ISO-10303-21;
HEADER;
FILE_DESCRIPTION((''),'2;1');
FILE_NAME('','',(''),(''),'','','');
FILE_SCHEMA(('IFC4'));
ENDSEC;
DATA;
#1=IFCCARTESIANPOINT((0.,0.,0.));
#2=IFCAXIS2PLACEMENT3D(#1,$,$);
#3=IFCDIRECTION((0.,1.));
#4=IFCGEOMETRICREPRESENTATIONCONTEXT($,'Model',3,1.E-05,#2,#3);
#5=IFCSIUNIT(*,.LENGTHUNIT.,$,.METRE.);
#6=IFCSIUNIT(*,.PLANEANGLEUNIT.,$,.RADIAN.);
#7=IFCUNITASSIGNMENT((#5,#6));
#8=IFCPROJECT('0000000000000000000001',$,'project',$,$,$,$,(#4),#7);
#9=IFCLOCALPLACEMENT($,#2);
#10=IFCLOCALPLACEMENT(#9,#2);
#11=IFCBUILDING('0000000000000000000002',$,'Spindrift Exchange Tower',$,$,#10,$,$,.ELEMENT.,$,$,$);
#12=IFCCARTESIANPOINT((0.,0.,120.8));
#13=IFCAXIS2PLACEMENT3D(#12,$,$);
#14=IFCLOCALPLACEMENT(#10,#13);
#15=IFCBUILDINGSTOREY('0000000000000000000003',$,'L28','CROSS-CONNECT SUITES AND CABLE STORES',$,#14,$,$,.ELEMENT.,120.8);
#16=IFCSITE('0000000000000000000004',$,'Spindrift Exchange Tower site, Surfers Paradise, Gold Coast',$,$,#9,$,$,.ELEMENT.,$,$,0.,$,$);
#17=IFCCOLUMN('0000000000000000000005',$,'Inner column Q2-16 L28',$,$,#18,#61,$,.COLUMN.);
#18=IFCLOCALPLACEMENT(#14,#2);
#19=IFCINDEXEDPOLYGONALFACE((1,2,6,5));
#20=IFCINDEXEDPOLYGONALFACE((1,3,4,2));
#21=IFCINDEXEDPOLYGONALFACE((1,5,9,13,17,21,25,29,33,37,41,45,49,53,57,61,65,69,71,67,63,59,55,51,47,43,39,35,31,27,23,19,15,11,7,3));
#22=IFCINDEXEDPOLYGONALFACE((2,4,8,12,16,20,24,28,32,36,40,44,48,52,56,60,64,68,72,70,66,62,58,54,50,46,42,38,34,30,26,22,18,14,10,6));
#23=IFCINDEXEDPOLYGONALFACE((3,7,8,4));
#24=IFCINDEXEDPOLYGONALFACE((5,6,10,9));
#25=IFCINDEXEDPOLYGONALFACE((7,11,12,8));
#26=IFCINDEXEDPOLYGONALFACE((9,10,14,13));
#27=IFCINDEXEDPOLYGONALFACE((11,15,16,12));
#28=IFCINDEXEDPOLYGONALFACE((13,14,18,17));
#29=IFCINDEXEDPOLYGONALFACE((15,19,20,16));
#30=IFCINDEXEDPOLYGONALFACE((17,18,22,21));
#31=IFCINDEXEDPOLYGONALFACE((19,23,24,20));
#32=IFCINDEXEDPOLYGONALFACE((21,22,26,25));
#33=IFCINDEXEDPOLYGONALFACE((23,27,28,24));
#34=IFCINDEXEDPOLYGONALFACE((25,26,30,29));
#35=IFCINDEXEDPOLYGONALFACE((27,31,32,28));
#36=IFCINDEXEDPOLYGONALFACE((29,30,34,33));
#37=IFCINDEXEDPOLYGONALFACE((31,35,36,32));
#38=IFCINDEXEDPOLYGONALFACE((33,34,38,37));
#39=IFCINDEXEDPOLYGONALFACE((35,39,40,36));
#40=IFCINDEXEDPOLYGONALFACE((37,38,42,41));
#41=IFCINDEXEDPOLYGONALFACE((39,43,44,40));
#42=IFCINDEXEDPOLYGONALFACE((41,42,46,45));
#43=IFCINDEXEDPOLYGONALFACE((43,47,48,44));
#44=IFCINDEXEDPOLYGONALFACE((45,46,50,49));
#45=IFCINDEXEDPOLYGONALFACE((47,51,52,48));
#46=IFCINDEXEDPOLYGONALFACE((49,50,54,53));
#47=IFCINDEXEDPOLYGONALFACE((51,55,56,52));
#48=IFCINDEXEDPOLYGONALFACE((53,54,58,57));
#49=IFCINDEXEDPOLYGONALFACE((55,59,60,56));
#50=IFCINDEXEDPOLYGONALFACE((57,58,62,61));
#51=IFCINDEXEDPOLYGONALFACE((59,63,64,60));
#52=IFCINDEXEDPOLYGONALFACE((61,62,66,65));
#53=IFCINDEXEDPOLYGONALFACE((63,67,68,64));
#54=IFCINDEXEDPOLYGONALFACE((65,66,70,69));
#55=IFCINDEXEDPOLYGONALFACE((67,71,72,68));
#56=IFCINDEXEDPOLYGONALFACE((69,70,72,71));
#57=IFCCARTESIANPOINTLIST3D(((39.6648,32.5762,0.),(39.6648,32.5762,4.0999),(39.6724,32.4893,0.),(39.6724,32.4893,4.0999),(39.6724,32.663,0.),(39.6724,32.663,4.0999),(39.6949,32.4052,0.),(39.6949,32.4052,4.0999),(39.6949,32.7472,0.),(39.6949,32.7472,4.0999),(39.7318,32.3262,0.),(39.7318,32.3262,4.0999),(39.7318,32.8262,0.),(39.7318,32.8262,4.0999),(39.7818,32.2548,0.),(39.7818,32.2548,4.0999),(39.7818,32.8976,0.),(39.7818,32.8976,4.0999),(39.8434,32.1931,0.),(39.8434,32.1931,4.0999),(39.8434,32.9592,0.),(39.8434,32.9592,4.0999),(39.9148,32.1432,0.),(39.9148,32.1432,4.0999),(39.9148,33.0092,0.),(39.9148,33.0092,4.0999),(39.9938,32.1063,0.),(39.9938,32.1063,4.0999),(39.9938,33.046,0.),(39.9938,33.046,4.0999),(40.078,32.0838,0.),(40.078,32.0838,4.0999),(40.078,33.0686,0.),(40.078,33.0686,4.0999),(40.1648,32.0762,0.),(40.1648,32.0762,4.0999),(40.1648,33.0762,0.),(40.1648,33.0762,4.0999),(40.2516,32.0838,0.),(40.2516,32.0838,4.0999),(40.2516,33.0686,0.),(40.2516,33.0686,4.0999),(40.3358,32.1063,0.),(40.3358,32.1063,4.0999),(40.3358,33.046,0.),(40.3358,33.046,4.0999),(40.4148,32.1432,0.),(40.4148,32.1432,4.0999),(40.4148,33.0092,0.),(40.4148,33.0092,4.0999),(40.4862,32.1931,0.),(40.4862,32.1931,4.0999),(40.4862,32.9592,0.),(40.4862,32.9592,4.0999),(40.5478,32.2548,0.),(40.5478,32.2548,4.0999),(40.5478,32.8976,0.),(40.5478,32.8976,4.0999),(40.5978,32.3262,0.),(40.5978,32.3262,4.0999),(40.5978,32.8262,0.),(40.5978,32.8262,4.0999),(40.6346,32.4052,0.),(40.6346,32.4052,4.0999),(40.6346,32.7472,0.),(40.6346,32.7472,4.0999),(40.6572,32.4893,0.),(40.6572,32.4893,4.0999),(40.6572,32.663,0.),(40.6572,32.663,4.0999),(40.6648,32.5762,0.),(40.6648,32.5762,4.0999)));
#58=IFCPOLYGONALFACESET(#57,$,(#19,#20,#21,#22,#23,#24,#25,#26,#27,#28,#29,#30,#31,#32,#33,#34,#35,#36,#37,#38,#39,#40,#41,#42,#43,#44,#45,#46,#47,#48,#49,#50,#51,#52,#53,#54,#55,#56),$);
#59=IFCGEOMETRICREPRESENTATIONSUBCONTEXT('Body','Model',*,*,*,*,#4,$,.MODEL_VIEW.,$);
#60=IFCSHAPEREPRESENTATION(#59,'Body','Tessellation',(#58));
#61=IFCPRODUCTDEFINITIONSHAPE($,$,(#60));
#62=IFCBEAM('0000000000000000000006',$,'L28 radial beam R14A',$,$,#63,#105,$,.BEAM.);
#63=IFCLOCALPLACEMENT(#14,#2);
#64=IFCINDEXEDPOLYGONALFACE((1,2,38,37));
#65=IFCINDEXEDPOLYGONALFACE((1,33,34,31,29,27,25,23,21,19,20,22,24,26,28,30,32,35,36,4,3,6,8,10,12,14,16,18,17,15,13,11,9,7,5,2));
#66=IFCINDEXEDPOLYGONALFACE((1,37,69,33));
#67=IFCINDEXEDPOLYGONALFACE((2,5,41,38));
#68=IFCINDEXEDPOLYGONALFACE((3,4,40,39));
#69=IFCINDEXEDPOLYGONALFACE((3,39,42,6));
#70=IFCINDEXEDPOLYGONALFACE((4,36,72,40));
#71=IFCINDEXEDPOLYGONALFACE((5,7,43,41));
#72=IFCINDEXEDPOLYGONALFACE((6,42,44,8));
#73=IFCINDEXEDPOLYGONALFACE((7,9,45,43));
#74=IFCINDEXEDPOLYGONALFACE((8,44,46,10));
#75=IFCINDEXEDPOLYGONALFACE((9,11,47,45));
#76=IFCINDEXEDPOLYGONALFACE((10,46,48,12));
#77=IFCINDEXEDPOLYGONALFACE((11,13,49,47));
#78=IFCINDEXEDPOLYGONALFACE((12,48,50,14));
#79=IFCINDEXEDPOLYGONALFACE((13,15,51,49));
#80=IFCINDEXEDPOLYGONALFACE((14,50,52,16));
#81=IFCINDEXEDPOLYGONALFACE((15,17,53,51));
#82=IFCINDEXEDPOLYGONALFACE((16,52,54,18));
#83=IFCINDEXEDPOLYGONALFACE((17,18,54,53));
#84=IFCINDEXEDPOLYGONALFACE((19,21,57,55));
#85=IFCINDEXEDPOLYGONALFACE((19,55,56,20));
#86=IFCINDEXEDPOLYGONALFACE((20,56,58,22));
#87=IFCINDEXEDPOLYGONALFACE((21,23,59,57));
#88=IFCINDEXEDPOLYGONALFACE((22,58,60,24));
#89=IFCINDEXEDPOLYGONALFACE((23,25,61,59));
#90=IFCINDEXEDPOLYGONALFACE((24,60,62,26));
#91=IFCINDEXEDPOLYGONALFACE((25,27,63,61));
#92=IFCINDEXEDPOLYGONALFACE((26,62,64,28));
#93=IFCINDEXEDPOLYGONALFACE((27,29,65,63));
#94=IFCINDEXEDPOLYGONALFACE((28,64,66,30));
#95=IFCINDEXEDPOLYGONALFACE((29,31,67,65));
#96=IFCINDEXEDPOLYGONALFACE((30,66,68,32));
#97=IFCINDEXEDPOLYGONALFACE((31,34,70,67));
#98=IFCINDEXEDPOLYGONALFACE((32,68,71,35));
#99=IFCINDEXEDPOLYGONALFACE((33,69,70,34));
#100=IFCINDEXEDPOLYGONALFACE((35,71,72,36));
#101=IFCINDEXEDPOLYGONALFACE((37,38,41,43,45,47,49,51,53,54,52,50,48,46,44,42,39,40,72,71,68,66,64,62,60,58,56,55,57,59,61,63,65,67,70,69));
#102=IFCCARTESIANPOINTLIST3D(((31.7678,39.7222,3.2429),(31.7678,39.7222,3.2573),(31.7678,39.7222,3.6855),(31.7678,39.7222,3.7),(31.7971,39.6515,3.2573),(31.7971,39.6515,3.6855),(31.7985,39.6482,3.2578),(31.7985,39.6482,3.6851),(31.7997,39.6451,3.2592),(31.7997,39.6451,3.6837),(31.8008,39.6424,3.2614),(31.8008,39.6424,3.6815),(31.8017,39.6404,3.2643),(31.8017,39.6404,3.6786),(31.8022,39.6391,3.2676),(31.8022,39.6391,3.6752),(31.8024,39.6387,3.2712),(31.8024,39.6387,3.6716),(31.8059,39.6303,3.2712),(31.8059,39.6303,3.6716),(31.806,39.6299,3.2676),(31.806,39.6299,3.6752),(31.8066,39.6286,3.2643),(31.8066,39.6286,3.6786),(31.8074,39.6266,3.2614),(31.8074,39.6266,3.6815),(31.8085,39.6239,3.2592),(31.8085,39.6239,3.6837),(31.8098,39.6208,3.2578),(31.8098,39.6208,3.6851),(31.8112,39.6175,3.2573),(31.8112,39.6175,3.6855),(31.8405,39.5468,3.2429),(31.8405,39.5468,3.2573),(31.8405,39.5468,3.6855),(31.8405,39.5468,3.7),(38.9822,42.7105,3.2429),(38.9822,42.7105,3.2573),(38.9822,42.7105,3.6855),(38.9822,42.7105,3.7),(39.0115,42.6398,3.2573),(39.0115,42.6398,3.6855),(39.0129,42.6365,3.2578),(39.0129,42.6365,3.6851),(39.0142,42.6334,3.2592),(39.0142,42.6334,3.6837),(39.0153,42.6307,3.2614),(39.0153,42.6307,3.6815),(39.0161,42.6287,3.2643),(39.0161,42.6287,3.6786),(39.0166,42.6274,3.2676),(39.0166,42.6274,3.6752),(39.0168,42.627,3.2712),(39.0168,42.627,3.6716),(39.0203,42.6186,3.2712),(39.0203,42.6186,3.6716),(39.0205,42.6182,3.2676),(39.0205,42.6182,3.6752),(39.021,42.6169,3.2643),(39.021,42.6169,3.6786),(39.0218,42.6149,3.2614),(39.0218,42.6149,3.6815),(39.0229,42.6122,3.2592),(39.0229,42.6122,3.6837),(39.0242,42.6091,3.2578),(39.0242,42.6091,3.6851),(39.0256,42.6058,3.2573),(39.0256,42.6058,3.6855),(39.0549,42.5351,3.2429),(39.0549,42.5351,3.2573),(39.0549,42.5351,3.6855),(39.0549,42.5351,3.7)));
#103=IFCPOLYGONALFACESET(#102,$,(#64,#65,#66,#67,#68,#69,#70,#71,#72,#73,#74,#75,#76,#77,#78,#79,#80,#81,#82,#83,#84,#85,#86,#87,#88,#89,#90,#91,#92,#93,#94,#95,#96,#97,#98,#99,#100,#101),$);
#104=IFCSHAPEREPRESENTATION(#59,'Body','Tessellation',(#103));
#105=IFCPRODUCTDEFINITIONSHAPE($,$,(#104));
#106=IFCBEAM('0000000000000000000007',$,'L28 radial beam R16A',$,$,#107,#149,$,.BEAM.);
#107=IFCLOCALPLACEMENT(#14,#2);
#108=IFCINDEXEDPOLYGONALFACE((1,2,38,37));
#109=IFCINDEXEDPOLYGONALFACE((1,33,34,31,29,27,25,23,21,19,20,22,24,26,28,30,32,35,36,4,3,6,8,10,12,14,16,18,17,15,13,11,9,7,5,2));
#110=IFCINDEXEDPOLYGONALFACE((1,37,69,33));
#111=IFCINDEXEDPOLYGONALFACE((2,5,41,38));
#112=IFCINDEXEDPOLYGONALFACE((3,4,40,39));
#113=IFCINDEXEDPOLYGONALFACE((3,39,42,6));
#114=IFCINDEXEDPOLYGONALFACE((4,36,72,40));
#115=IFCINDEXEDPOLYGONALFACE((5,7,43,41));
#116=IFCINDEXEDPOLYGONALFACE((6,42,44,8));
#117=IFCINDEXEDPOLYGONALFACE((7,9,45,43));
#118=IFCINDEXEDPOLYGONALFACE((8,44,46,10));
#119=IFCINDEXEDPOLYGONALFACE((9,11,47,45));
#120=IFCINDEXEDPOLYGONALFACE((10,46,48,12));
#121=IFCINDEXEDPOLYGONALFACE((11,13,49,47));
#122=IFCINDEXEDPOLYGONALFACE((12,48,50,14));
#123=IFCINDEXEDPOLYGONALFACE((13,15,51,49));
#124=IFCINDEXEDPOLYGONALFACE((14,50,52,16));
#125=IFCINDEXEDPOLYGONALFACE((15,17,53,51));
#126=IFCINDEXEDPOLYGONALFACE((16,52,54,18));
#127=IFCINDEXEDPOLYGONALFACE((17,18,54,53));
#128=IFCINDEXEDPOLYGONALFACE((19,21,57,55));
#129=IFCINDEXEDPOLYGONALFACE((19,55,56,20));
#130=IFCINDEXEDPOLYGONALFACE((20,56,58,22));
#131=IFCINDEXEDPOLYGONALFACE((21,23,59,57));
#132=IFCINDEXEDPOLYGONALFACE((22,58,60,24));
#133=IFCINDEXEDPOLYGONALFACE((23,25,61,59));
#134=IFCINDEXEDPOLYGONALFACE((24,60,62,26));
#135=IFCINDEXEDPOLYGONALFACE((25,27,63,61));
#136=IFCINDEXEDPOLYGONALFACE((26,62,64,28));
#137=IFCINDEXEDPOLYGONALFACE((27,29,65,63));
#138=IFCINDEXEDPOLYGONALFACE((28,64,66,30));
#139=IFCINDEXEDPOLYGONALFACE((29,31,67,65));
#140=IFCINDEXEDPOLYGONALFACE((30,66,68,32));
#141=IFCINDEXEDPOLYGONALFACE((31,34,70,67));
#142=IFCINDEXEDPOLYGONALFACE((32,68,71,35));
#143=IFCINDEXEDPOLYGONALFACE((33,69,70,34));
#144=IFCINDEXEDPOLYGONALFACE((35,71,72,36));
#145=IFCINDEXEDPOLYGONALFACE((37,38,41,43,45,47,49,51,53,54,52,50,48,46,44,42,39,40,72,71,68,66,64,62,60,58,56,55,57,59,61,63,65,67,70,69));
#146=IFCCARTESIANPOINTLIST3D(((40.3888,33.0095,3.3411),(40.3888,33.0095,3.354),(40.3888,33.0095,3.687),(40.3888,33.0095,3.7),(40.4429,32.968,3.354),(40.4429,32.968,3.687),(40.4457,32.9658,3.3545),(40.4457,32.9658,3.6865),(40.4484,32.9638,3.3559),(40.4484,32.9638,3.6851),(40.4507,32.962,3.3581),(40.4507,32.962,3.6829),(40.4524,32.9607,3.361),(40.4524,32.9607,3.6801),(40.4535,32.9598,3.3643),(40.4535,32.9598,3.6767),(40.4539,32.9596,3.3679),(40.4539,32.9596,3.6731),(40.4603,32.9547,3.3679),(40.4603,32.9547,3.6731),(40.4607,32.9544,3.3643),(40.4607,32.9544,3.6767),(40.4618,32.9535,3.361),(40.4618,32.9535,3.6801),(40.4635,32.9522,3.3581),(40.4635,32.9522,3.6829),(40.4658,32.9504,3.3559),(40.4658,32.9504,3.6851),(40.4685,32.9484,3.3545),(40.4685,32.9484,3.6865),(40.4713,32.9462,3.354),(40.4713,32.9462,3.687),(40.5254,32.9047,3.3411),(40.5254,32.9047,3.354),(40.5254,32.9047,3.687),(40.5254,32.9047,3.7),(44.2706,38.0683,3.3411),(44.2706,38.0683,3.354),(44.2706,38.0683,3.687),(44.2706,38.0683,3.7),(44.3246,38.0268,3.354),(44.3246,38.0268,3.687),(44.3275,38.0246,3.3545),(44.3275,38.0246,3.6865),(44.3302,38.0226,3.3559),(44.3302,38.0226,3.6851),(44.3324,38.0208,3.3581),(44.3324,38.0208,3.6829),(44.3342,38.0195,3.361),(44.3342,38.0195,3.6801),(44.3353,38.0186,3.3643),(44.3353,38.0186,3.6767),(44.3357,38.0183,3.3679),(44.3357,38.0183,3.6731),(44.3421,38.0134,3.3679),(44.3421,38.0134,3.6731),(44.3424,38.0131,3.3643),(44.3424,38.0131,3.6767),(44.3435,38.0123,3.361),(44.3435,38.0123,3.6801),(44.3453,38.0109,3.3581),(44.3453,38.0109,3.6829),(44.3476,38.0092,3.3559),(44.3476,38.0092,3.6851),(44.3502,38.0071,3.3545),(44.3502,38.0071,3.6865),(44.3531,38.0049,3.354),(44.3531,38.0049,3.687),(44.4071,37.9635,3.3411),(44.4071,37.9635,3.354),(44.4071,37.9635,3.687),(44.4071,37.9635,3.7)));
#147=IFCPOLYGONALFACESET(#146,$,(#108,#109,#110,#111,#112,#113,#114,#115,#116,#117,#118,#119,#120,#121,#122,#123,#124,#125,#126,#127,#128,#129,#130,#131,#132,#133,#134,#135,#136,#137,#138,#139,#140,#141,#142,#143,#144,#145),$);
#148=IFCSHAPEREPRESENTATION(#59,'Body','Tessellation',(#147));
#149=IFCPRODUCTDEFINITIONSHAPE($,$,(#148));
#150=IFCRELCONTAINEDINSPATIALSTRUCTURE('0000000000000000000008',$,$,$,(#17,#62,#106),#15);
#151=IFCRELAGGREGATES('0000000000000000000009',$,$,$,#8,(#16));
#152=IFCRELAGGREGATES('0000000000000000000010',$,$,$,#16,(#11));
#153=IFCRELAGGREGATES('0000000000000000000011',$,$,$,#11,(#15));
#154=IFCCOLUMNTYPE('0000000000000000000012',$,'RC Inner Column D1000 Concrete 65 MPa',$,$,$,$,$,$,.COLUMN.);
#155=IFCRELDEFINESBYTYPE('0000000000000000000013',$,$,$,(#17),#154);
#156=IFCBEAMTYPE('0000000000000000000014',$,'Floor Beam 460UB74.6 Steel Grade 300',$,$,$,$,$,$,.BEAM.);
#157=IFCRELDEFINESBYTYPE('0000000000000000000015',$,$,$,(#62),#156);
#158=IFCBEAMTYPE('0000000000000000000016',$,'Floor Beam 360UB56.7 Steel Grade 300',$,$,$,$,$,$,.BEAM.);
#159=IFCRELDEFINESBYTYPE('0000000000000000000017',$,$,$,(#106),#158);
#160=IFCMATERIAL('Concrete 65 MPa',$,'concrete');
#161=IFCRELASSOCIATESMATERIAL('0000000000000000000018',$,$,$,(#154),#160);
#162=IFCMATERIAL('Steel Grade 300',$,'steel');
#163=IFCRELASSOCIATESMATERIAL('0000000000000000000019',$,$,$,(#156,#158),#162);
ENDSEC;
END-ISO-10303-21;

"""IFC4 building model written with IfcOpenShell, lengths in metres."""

from ifc_helpers import new_model, si_unit, direction, frame, origin, origin_2d, place, context, subcontext, project, spatial, circle, i_section, extrude, source, transform, mapped, material, material_profile, profile_set, type_object, element, save


model = new_model("IFC4")

# Units and contexts
model_context = context("Model", 3, precision=1e-05, world=origin(), true_north=direction((0.0, 1.0)))
body_context = subcontext(model_context, "Body", "Model", "MODEL_VIEW")
ifc_project = project(units=[si_unit("LENGTHUNIT", "METRE"), si_unit("PLANEANGLEUNIT", "RADIAN")], contexts=[model_context])

# Site, building, storey
site_placement = place(None, origin())
site = spatial("IfcSite", under=ifc_project, at=site_placement, Name="Spindrift Exchange Tower site, Surfers Paradise, Gold Coast", CompositionType="ELEMENT", RefElevation=0.0)
building_placement = place(site_placement, origin())
building = spatial("IfcBuilding", under=site, at=building_placement, Name="Spindrift Exchange Tower", CompositionType="ELEMENT")
storey_placement = place(building_placement, frame((0.0, 0.0, 120.8)))
storey = spatial("IfcBuildingStorey", under=building, at=storey_placement, Name="L28", Description="CROSS-CONNECT SUITES AND CABLE STORES", CompositionType="ELEMENT", Elevation=120.8)

# Column
ifc_material_1 = material(Name="Concrete 65 MPa", Category="concrete")
ifc_material_profile_1 = material_profile(ifc_material_1, circle(Radius=0.5, at=origin_2d()), Name="RC D1000")
ifc_profile_set_1 = profile_set([ifc_material_profile_1], Name="Concrete 65 MPa")
column_type = type_object("IfcColumnType", Name="RC Inner Column D1000 Concrete 65 MPa", PredefinedType="COLUMN", material=ifc_profile_set_1)
shared_shape_1 = source(origin(), body_context, "Body", "SweptSolid", [
    extrude(circle(Radius=0.5, at=origin_2d()), origin(), (0.0, 0.0, 1.0), 4.0999),
])
column_placement = place(storey_placement, frame((40.1648, 32.5762, 0.0), z_axis=(0.0, 0.0, 1.0), x_axis=(1.0, 0.0, 0.0)))
element("IfcColumn", 1, at=column_placement, inside=storey, type_object=column_type, Name="Inner column Q2-16 L28", PredefinedType="COLUMN", context=body_context, shape_type="MappedRepresentation", body=[
    mapped(shared_shape_1, transform((0.0, 0.0, 0.0), scale=1.0)),
])

# Beams
ifc_material_2 = material(Name="Steel Grade 300", Category="steel")
ifc_material_profile_2 = material_profile(ifc_material_2, i_section(OverallWidth=0.1899, OverallDepth=0.457, WebThickness=0.009, FlangeThickness=0.0144, FilletRadius=0.0139, at=origin_2d()), Name="460UB74.6")
ifc_profile_set_2 = profile_set([ifc_material_profile_2], Name="Steel Grade 300")
beam_type_1 = type_object("IfcBeamType", Name="Floor Beam 460UB74.6 Steel Grade 300", PredefinedType="BEAM", material=ifc_profile_set_2)
shared_shape_2 = source(origin(), body_context, "Body", "SweptSolid", [
    extrude(i_section(OverallWidth=0.1899, OverallDepth=0.457, WebThickness=0.009, FlangeThickness=0.0144, FilletRadius=0.0139, at=origin_2d()), origin(), (0.0, 0.0, 1.0), 7.8088),
])
beam_1_placement = place(storey_placement, frame((39.0186, 42.6228, 3.4714), z_axis=(-0.92388, -0.382683, 0.0), x_axis=(0.382683, -0.92388, 0.0)))
element("IfcBeam", 2, at=beam_1_placement, inside=storey, type_object=beam_type_1, Name="L28 radial beam R14A", PredefinedType="BEAM", context=body_context, shape_type="MappedRepresentation", body=[
    mapped(shared_shape_2, transform((0.0, 0.0, 0.0), scale=1.0)),
])
ifc_material_profile_3 = material_profile(ifc_material_2, i_section(OverallWidth=0.1721, OverallDepth=0.3589, WebThickness=0.0081, FlangeThickness=0.0129, FilletRadius=0.0139, at=origin_2d()), Name="360UB56.7")
ifc_profile_set_3 = profile_set([ifc_material_profile_3], Name="Steel Grade 300")
beam_type_2 = type_object("IfcBeamType", Name="Floor Beam 360UB56.7 Steel Grade 300", PredefinedType="BEAM", material=ifc_profile_set_3)
shared_shape_3 = source(origin(), body_context, "Body", "SweptSolid", [
    extrude(i_section(OverallWidth=0.1721, OverallDepth=0.3589, WebThickness=0.0081, FlangeThickness=0.0129, FilletRadius=0.0139, at=origin_2d()), origin(), (0.0, 0.0, 1.0), 6.3765),
])
beam_2_placement = place(storey_placement, frame((44.3389, 38.0159, 3.5205), z_axis=(-0.608767, -0.793349, 0.0), x_axis=(0.793349, -0.608767, 0.0)))
element("IfcBeam", 3, at=beam_2_placement, inside=storey, type_object=beam_type_2, Name="L28 radial beam R16A", PredefinedType="BEAM", context=body_context, shape_type="MappedRepresentation", body=[
    mapped(shared_shape_3, transform((0.0, 0.0, 0.0), scale=1.0)),
])

save(model, "model.ifc")
